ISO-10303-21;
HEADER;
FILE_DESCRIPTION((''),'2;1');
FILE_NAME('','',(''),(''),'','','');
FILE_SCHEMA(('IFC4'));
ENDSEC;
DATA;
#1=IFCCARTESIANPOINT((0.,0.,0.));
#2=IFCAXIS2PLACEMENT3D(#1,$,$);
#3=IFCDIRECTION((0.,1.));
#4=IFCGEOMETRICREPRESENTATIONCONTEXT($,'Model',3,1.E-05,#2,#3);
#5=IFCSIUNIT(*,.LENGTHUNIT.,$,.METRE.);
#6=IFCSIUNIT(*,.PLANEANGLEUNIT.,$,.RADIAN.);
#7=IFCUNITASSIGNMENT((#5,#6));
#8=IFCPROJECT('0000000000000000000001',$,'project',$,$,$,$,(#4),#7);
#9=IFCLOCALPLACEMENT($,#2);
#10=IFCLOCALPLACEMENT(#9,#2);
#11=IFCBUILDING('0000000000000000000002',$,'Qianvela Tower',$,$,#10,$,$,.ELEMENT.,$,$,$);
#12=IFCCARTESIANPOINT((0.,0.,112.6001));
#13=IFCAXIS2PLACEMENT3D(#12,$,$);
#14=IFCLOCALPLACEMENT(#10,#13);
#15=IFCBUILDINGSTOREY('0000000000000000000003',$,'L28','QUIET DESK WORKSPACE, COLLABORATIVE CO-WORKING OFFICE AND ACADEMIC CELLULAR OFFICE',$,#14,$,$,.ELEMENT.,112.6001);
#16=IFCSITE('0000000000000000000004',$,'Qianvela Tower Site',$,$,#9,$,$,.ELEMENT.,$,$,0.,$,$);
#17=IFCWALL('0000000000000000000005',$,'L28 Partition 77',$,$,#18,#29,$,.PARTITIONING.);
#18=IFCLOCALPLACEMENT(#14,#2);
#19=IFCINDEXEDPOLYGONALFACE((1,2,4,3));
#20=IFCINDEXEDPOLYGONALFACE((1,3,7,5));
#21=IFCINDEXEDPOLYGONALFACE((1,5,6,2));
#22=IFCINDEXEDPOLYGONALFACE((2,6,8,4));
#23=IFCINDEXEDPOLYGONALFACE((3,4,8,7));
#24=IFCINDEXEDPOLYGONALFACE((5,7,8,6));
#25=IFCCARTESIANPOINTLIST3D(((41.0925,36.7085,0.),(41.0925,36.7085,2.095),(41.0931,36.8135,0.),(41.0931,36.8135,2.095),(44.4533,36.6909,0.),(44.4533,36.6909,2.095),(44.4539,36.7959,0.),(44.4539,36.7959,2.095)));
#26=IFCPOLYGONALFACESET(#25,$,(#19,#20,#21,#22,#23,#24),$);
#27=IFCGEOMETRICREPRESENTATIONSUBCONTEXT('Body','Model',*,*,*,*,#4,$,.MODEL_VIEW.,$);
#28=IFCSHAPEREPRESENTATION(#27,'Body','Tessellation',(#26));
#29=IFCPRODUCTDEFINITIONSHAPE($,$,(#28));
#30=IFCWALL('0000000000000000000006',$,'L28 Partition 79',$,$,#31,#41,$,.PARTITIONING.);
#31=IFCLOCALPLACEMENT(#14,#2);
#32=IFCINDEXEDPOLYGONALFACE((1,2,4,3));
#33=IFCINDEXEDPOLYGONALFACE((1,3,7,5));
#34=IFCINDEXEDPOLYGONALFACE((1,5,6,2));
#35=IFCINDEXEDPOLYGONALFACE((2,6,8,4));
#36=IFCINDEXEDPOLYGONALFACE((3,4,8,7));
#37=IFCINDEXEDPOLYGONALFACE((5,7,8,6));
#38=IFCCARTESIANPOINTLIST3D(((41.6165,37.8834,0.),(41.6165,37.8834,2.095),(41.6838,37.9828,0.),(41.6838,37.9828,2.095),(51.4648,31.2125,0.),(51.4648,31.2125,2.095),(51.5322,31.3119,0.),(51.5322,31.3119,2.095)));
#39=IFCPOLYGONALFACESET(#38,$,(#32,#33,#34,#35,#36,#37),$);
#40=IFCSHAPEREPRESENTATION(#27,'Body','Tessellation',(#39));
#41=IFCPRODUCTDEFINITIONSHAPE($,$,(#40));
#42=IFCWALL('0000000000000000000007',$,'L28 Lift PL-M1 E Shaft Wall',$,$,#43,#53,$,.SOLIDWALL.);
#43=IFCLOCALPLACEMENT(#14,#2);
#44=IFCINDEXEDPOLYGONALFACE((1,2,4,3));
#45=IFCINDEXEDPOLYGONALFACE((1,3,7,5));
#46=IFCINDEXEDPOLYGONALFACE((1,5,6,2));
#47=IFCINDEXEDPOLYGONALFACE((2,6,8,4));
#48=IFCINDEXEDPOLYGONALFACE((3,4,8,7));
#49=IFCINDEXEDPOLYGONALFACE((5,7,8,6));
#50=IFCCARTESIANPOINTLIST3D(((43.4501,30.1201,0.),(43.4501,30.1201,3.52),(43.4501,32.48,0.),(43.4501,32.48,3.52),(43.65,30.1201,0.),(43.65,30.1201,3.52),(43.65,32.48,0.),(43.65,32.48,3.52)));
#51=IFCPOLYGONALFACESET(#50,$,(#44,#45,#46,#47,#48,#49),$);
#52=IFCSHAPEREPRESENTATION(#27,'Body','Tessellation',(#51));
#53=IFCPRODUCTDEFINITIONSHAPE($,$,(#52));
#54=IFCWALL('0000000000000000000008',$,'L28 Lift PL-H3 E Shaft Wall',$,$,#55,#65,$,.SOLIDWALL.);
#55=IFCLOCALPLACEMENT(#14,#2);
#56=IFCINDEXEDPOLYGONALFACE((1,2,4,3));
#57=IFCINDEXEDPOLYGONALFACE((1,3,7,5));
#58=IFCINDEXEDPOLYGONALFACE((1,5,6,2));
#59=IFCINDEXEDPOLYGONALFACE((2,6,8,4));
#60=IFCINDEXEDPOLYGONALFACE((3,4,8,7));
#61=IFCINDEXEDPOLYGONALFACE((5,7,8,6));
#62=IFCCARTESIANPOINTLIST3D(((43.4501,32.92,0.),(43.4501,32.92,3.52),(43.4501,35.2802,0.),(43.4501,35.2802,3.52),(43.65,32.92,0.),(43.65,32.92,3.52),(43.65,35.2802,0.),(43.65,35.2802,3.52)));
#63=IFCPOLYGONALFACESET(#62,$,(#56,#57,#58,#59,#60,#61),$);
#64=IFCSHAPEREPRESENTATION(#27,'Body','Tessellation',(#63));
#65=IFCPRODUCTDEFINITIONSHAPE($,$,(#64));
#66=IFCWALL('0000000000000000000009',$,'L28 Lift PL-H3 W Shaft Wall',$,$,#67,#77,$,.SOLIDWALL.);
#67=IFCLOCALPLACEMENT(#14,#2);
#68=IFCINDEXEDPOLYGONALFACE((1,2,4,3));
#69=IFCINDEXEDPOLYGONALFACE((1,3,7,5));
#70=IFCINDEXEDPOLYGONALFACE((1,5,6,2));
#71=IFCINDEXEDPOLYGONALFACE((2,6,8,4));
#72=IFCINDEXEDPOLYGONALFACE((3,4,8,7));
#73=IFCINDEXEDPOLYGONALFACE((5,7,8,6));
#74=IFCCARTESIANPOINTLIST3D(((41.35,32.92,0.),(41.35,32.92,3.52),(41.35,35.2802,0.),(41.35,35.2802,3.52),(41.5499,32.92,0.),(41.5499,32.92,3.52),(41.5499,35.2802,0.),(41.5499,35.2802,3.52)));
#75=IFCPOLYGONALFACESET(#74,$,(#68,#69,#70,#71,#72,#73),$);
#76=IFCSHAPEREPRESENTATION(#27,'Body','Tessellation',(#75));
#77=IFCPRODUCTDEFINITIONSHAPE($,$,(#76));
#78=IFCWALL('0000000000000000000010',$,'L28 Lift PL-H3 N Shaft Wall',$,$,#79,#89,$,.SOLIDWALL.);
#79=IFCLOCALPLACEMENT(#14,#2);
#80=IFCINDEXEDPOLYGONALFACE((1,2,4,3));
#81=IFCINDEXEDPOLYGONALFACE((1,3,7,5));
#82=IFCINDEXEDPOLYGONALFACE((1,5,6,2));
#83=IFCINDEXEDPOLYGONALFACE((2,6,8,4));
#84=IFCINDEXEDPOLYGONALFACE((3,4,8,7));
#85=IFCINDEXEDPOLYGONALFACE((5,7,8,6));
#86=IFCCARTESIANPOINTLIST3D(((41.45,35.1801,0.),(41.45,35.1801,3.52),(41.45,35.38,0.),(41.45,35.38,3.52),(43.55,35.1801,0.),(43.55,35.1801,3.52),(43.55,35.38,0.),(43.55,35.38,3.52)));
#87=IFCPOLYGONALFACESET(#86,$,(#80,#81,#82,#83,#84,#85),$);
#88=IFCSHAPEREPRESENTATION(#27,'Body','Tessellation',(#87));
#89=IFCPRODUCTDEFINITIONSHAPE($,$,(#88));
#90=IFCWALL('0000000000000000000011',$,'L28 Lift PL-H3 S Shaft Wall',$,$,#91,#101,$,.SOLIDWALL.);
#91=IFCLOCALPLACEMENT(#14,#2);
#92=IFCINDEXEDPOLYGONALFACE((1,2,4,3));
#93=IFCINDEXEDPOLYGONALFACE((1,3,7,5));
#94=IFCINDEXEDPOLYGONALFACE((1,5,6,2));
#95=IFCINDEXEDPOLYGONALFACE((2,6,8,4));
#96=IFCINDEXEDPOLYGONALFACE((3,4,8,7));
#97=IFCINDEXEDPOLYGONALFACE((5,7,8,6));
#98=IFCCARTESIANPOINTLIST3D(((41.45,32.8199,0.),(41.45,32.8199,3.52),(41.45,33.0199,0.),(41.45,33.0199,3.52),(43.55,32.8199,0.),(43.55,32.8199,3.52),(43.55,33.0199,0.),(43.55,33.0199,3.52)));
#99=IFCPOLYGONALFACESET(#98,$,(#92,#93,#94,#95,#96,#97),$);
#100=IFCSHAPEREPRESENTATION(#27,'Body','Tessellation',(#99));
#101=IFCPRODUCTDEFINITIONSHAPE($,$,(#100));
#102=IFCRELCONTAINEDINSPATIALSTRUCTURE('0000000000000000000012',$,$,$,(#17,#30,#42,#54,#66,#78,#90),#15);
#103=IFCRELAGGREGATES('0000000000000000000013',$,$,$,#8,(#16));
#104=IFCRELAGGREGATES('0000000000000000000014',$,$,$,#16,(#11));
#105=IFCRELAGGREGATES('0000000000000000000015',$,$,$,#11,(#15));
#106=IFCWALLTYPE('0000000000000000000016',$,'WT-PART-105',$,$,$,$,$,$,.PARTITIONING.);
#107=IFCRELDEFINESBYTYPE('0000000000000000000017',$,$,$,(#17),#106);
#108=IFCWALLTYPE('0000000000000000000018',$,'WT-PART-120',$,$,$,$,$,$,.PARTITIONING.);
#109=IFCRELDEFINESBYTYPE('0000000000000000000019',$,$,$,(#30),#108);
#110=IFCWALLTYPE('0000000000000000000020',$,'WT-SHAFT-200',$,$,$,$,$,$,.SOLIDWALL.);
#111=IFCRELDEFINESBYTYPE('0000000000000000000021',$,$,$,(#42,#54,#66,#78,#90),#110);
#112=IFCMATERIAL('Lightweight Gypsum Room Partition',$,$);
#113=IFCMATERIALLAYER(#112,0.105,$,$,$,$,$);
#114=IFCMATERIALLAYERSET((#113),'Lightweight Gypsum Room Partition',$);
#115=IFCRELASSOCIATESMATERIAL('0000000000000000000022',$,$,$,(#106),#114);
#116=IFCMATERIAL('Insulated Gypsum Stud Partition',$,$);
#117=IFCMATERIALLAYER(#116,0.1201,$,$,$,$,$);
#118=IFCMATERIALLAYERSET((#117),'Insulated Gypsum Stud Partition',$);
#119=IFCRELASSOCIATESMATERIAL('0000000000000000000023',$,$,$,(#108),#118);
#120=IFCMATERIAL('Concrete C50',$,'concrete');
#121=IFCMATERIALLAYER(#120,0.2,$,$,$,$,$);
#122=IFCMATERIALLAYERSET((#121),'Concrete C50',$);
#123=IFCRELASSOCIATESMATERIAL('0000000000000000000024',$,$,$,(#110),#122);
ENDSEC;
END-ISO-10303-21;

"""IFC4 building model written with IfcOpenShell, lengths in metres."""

from ifc_helpers import new_model, si_unit, direction, frame, frame_2d, origin, place, context, subcontext, project, spatial, rectangle, extrude, material, layer, layer_set, type_object, element, save


model = new_model("IFC4")

# Units and contexts
model_context = context("Model", 3, precision=1e-05, world=origin(), true_north=direction((0.0, 1.0)))
body_context = subcontext(model_context, "Body", "Model", "MODEL_VIEW")
ifc_project = project(units=[si_unit("LENGTHUNIT", "METRE"), si_unit("PLANEANGLEUNIT", "RADIAN")], contexts=[model_context])

# Site, building, storey
site_placement = place(None, origin())
site = spatial("IfcSite", under=ifc_project, at=site_placement, Name="Qianvela Tower Site", CompositionType="ELEMENT", RefElevation=0.0)
building_placement = place(site_placement, origin())
building = spatial("IfcBuilding", under=site, at=building_placement, Name="Qianvela Tower", CompositionType="ELEMENT")
storey_placement = place(building_placement, frame((0.0, 0.0, 112.6001)))
storey = spatial("IfcBuildingStorey", under=building, at=storey_placement, Name="L28", Description="QUIET DESK WORKSPACE, COLLABORATIVE CO-WORKING OFFICE AND ACADEMIC CELLULAR OFFICE", CompositionType="ELEMENT", Elevation=112.6001)

# Walls
ifc_material_1 = material(Name="Lightweight Gypsum Room Partition")
ifc_layer_1 = layer(ifc_material_1, 0.105)
ifc_layer_set_1 = layer_set([ifc_layer_1], Name="Lightweight Gypsum Room Partition")
wall_type_1 = type_object("IfcWallType", Name="WT-PART-105", PredefinedType="PARTITIONING", material=ifc_layer_set_1)
wall_1_placement = place(storey_placement, frame((44.4536, 36.7434, 0.0), z_axis=(0.0, 0.0, 1.0), x_axis=(-0.999986, 0.00523, 0.0)))
element("IfcWall", 1, at=wall_1_placement, inside=storey, type_object=wall_type_1, Name="L28 Partition 77", PredefinedType="PARTITIONING", context=body_context, shape_type="SweptSolid", body=[
    extrude(rectangle(XDim=3.3608, YDim=0.105, at=frame_2d((1.6804, 0.0))), origin(), (0.0, 0.0, 1.0), 2.095),
])
ifc_material_2 = material(Name="Insulated Gypsum Stud Partition")
ifc_layer_2 = layer(ifc_material_2, 0.1201)
ifc_layer_set_2 = layer_set([ifc_layer_2], Name="Insulated Gypsum Stud Partition")
wall_type_2 = type_object("IfcWallType", Name="WT-PART-120", PredefinedType="PARTITIONING", material=ifc_layer_set_2)
wall_2_placement = place(storey_placement, frame((41.6501, 37.9331, 0.0), z_axis=(0.0, 0.0, 1.0), x_axis=(0.827942, -0.560814, 0.0)))
element("IfcWall", 2, at=wall_2_placement, inside=storey, type_object=wall_type_2, Name="L28 Partition 79", PredefinedType="PARTITIONING", context=body_context, shape_type="SweptSolid", body=[
    extrude(rectangle(XDim=11.895, YDim=0.1201, at=frame_2d((5.9475, 0.0))), origin(), (0.0, 0.0, 1.0), 2.095),
])
ifc_material_3 = material(Name="Concrete C50", Category="concrete")
ifc_layer_3 = layer(ifc_material_3, 0.2)
ifc_layer_set_3 = layer_set([ifc_layer_3], Name="Concrete C50")
wall_type_3 = type_object("IfcWallType", Name="WT-SHAFT-200", PredefinedType="SOLIDWALL", material=ifc_layer_set_3)
wall_3_placement = place(storey_placement, frame((43.55, 30.1201, 0.0), z_axis=(0.0, 0.0, 1.0), x_axis=(0.0, 1.0, 0.0)))
element("IfcWall", 3, at=wall_3_placement, inside=storey, type_object=wall_type_3, Name="L28 Lift PL-M1 E Shaft Wall", PredefinedType="SOLIDWALL", context=body_context, shape_type="SweptSolid", body=[
    extrude(rectangle(XDim=2.3599, YDim=0.2, at=frame_2d((1.1799, 0.0))), origin(), (0.0, 0.0, 1.0), 3.52),
])
for number, where, z_axis, x_axis, name in (
    (4, (43.55, 32.9199, 0.0), (0.0, 0.0, 1.0), (0.0, 1.0, 0.0), "L28 Lift PL-H3 E Shaft Wall"),
    (5, (41.45, 32.9199, 0.0), (0.0, 0.0, 1.0), (0.0, 1.0, 0.0), "L28 Lift PL-H3 W Shaft Wall"),
):
    element("IfcWall", number, at=place(storey_placement, frame(where, z_axis=z_axis, x_axis=x_axis)), inside=storey, type_object=wall_type_3, Name=name, PredefinedType="SOLIDWALL", context=body_context, shape_type="SweptSolid", body=[
        extrude(rectangle(XDim=2.3601, YDim=0.2, at=frame_2d((1.1802, 0.0))), origin(), (0.0, 0.0, 1.0), 3.52),
    ])
for number, where, z_axis, x_axis, name in (
    (6, (41.45, 35.28, 0.0), (0.0, 0.0, 1.0), (1.0, 0.0, 0.0), "L28 Lift PL-H3 N Shaft Wall"),
    (7, (41.45, 32.9199, 0.0), (0.0, 0.0, 1.0), (1.0, 0.0, 0.0), "L28 Lift PL-H3 S Shaft Wall"),
):
    element("IfcWall", number, at=place(storey_placement, frame(where, z_axis=z_axis, x_axis=x_axis)), inside=storey, type_object=wall_type_3, Name=name, PredefinedType="SOLIDWALL", context=body_context, shape_type="SweptSolid", body=[
        extrude(rectangle(XDim=2.1001, YDim=0.2, at=frame_2d((1.05, 0.0))), origin(), (0.0, 0.0, 1.0), 3.52),
    ])

save(model, "model.ifc")
